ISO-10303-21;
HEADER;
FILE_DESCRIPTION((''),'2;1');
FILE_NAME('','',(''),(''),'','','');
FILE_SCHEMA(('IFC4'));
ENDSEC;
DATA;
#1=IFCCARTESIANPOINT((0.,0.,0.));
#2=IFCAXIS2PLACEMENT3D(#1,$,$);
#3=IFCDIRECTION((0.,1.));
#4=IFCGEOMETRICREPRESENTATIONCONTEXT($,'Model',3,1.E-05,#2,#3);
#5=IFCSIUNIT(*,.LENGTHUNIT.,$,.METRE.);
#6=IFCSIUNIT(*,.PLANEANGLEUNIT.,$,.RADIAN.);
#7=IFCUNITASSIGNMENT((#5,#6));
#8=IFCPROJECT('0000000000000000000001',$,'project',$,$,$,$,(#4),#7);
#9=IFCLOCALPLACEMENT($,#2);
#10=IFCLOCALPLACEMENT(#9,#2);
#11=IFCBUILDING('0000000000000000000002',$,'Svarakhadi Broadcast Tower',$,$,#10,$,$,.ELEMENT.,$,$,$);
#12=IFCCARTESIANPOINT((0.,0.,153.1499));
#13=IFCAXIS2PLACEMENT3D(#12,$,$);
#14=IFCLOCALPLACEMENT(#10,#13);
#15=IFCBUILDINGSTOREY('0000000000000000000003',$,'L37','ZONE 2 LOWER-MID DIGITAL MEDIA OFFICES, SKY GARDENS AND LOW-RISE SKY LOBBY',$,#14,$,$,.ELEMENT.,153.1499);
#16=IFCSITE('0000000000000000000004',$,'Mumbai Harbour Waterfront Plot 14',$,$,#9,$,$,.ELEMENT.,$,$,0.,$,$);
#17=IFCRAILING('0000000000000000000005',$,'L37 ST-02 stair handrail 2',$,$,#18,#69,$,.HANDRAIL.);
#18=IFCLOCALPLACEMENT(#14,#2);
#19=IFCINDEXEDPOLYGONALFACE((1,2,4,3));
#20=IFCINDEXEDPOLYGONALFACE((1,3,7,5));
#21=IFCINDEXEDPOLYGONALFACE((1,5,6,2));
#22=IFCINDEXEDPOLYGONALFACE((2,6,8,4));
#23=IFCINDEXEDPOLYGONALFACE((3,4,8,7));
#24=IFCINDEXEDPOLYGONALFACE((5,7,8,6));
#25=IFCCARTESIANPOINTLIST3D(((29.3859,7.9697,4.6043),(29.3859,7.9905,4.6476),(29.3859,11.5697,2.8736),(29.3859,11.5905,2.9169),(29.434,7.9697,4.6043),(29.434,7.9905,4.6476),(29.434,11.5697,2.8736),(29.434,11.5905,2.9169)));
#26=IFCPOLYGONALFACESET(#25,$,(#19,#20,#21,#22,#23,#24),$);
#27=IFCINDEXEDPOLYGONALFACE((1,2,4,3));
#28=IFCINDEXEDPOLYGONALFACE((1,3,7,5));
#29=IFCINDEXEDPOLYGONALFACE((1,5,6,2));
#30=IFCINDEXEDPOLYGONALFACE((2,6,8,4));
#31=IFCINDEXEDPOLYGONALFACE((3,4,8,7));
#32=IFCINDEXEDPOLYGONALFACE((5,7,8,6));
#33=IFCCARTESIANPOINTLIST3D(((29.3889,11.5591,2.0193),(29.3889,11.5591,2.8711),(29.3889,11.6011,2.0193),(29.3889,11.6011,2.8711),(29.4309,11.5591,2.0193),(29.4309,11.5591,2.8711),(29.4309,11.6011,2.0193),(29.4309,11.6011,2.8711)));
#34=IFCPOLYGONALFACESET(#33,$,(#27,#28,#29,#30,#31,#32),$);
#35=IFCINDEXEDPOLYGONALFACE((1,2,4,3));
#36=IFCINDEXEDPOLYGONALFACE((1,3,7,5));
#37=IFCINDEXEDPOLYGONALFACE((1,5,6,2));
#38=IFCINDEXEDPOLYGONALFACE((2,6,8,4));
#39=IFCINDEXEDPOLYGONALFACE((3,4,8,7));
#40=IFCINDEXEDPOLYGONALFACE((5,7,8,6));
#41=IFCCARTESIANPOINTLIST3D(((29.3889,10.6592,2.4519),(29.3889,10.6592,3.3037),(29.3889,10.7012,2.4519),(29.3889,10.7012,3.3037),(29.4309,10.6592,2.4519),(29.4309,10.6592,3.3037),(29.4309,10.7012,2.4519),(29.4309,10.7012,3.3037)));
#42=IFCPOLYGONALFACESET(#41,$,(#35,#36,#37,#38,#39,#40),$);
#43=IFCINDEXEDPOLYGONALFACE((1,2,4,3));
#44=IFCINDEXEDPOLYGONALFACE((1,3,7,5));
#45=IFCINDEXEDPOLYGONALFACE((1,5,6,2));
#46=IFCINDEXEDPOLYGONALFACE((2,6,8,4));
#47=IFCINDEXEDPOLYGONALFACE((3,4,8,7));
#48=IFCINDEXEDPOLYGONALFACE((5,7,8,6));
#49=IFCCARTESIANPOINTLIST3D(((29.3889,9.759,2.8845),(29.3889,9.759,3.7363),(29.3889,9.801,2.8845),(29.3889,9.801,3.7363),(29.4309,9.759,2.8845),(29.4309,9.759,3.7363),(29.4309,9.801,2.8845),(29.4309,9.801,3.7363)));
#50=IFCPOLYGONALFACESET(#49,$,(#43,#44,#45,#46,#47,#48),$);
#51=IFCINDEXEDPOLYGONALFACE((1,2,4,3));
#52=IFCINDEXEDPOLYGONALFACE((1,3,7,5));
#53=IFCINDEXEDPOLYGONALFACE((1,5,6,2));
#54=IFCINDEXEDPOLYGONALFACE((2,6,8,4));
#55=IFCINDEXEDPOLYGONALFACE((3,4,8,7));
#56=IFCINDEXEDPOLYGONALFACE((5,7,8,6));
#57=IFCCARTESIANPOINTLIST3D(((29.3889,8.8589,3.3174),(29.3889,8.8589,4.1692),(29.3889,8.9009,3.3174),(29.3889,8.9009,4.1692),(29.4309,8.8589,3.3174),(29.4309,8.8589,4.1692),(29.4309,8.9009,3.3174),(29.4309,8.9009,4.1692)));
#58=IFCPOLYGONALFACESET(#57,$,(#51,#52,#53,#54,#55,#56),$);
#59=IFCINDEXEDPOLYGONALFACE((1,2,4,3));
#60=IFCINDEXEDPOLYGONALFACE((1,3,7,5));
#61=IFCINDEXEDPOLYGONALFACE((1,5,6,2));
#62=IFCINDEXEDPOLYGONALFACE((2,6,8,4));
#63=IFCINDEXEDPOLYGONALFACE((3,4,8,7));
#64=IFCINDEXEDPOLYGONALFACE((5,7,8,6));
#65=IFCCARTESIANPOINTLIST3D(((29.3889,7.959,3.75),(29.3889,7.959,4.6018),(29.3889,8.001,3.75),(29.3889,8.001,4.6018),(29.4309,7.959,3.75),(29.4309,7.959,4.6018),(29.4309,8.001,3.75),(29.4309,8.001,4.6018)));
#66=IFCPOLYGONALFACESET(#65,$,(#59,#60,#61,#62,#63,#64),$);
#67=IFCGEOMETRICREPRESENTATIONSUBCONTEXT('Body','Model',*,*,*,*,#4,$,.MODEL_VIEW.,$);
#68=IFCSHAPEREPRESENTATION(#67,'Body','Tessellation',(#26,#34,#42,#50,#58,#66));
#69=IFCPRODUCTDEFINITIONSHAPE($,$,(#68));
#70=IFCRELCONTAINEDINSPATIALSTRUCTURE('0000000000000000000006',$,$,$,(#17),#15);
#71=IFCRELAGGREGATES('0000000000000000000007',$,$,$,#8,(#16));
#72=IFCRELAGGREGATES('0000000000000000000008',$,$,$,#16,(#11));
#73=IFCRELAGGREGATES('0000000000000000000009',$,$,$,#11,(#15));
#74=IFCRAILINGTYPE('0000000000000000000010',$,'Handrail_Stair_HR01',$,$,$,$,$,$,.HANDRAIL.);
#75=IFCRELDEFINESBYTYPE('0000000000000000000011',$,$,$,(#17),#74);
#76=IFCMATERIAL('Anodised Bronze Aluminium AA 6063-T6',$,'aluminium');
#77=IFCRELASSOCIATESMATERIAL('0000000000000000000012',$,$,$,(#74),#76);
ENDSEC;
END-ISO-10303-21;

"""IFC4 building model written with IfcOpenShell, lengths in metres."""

from ifc_helpers import new_model, si_unit, direction, frame, origin, origin_2d, place, context, subcontext, project, spatial, rectangle, extrude, material, type_object, element, save


model = new_model("IFC4")

# Units and contexts
model_context = context("Model", 3, precision=1e-05, world=origin(), true_north=direction((0.0, 1.0)))
body_context = subcontext(model_context, "Body", "Model", "MODEL_VIEW")
ifc_project = project(units=[si_unit("LENGTHUNIT", "METRE"), si_unit("PLANEANGLEUNIT", "RADIAN")], contexts=[model_context])

# Site, building, storey
site_placement = place(None, origin())
site = spatial("IfcSite", under=ifc_project, at=site_placement, Name="Mumbai Harbour Waterfront Plot 14", CompositionType="ELEMENT", RefElevation=0.0)
building_placement = place(site_placement, origin())
building = spatial("IfcBuilding", under=site, at=building_placement, Name="Svarakhadi Broadcast Tower", CompositionType="ELEMENT")
storey_placement = place(building_placement, frame((0.0, 0.0, 153.1499)))
storey = spatial("IfcBuildingStorey", under=building, at=storey_placement, Name="L37", Description="ZONE 2 LOWER-MID DIGITAL MEDIA OFFICES, SKY GARDENS AND LOW-RISE SKY LOBBY", CompositionType="ELEMENT", Elevation=153.1499)

# Shared definitions
ifc_material_1 = material(Name="Anodised Bronze Aluminium AA 6063-T6", Category="aluminium")

# Railing
railing_type_1 = type_object("IfcRailingType", Name="Handrail_Stair_HR01", PredefinedType="HANDRAIL", material=ifc_material_1)
railing_1_placement = place(storey_placement, frame((29.4099, 11.5801, 2.0193)))
element("IfcRailing", 1, at=railing_1_placement, inside=storey, type_object=railing_type_1, Name="L37 ST-02 stair handrail 2", PredefinedType="HANDRAIL", context=body_context, shape_type="SweptSolid", body=[
    extrude(rectangle(XDim=0.0481, YDim=0.0481, at=origin_2d()), frame((0.0, 0.0, 0.876), z_axis=(0.0, -0.901263, 0.433273), x_axis=(1.0, 0.0, 0.0)), (0.0, 0.0, 1.0), 3.9944),
    extrude(rectangle(XDim=0.042, YDim=0.042, at=origin_2d()), origin(), (0.0, 0.0, 1.0), 0.8518),
    extrude(rectangle(XDim=0.042, YDim=0.042, at=origin_2d()), frame((0.0, -0.8999, 0.4326)), (0.0, 0.0, 1.0), 0.8518),
    extrude(rectangle(XDim=0.042, YDim=0.042, at=origin_2d()), frame((0.0, -1.8, 0.8652)), (0.0, 0.0, 1.0), 0.8518),
    extrude(rectangle(XDim=0.042, YDim=0.042, at=origin_2d()), frame((0.0, -2.7002, 1.2981)), (0.0, 0.0, 1.0), 0.8518),
    extrude(rectangle(XDim=0.042, YDim=0.042, at=origin_2d()), frame((0.0, -3.6001, 1.7307)), (0.0, 0.0, 1.0), 0.8518),
])

save(model, "model.ifc")
